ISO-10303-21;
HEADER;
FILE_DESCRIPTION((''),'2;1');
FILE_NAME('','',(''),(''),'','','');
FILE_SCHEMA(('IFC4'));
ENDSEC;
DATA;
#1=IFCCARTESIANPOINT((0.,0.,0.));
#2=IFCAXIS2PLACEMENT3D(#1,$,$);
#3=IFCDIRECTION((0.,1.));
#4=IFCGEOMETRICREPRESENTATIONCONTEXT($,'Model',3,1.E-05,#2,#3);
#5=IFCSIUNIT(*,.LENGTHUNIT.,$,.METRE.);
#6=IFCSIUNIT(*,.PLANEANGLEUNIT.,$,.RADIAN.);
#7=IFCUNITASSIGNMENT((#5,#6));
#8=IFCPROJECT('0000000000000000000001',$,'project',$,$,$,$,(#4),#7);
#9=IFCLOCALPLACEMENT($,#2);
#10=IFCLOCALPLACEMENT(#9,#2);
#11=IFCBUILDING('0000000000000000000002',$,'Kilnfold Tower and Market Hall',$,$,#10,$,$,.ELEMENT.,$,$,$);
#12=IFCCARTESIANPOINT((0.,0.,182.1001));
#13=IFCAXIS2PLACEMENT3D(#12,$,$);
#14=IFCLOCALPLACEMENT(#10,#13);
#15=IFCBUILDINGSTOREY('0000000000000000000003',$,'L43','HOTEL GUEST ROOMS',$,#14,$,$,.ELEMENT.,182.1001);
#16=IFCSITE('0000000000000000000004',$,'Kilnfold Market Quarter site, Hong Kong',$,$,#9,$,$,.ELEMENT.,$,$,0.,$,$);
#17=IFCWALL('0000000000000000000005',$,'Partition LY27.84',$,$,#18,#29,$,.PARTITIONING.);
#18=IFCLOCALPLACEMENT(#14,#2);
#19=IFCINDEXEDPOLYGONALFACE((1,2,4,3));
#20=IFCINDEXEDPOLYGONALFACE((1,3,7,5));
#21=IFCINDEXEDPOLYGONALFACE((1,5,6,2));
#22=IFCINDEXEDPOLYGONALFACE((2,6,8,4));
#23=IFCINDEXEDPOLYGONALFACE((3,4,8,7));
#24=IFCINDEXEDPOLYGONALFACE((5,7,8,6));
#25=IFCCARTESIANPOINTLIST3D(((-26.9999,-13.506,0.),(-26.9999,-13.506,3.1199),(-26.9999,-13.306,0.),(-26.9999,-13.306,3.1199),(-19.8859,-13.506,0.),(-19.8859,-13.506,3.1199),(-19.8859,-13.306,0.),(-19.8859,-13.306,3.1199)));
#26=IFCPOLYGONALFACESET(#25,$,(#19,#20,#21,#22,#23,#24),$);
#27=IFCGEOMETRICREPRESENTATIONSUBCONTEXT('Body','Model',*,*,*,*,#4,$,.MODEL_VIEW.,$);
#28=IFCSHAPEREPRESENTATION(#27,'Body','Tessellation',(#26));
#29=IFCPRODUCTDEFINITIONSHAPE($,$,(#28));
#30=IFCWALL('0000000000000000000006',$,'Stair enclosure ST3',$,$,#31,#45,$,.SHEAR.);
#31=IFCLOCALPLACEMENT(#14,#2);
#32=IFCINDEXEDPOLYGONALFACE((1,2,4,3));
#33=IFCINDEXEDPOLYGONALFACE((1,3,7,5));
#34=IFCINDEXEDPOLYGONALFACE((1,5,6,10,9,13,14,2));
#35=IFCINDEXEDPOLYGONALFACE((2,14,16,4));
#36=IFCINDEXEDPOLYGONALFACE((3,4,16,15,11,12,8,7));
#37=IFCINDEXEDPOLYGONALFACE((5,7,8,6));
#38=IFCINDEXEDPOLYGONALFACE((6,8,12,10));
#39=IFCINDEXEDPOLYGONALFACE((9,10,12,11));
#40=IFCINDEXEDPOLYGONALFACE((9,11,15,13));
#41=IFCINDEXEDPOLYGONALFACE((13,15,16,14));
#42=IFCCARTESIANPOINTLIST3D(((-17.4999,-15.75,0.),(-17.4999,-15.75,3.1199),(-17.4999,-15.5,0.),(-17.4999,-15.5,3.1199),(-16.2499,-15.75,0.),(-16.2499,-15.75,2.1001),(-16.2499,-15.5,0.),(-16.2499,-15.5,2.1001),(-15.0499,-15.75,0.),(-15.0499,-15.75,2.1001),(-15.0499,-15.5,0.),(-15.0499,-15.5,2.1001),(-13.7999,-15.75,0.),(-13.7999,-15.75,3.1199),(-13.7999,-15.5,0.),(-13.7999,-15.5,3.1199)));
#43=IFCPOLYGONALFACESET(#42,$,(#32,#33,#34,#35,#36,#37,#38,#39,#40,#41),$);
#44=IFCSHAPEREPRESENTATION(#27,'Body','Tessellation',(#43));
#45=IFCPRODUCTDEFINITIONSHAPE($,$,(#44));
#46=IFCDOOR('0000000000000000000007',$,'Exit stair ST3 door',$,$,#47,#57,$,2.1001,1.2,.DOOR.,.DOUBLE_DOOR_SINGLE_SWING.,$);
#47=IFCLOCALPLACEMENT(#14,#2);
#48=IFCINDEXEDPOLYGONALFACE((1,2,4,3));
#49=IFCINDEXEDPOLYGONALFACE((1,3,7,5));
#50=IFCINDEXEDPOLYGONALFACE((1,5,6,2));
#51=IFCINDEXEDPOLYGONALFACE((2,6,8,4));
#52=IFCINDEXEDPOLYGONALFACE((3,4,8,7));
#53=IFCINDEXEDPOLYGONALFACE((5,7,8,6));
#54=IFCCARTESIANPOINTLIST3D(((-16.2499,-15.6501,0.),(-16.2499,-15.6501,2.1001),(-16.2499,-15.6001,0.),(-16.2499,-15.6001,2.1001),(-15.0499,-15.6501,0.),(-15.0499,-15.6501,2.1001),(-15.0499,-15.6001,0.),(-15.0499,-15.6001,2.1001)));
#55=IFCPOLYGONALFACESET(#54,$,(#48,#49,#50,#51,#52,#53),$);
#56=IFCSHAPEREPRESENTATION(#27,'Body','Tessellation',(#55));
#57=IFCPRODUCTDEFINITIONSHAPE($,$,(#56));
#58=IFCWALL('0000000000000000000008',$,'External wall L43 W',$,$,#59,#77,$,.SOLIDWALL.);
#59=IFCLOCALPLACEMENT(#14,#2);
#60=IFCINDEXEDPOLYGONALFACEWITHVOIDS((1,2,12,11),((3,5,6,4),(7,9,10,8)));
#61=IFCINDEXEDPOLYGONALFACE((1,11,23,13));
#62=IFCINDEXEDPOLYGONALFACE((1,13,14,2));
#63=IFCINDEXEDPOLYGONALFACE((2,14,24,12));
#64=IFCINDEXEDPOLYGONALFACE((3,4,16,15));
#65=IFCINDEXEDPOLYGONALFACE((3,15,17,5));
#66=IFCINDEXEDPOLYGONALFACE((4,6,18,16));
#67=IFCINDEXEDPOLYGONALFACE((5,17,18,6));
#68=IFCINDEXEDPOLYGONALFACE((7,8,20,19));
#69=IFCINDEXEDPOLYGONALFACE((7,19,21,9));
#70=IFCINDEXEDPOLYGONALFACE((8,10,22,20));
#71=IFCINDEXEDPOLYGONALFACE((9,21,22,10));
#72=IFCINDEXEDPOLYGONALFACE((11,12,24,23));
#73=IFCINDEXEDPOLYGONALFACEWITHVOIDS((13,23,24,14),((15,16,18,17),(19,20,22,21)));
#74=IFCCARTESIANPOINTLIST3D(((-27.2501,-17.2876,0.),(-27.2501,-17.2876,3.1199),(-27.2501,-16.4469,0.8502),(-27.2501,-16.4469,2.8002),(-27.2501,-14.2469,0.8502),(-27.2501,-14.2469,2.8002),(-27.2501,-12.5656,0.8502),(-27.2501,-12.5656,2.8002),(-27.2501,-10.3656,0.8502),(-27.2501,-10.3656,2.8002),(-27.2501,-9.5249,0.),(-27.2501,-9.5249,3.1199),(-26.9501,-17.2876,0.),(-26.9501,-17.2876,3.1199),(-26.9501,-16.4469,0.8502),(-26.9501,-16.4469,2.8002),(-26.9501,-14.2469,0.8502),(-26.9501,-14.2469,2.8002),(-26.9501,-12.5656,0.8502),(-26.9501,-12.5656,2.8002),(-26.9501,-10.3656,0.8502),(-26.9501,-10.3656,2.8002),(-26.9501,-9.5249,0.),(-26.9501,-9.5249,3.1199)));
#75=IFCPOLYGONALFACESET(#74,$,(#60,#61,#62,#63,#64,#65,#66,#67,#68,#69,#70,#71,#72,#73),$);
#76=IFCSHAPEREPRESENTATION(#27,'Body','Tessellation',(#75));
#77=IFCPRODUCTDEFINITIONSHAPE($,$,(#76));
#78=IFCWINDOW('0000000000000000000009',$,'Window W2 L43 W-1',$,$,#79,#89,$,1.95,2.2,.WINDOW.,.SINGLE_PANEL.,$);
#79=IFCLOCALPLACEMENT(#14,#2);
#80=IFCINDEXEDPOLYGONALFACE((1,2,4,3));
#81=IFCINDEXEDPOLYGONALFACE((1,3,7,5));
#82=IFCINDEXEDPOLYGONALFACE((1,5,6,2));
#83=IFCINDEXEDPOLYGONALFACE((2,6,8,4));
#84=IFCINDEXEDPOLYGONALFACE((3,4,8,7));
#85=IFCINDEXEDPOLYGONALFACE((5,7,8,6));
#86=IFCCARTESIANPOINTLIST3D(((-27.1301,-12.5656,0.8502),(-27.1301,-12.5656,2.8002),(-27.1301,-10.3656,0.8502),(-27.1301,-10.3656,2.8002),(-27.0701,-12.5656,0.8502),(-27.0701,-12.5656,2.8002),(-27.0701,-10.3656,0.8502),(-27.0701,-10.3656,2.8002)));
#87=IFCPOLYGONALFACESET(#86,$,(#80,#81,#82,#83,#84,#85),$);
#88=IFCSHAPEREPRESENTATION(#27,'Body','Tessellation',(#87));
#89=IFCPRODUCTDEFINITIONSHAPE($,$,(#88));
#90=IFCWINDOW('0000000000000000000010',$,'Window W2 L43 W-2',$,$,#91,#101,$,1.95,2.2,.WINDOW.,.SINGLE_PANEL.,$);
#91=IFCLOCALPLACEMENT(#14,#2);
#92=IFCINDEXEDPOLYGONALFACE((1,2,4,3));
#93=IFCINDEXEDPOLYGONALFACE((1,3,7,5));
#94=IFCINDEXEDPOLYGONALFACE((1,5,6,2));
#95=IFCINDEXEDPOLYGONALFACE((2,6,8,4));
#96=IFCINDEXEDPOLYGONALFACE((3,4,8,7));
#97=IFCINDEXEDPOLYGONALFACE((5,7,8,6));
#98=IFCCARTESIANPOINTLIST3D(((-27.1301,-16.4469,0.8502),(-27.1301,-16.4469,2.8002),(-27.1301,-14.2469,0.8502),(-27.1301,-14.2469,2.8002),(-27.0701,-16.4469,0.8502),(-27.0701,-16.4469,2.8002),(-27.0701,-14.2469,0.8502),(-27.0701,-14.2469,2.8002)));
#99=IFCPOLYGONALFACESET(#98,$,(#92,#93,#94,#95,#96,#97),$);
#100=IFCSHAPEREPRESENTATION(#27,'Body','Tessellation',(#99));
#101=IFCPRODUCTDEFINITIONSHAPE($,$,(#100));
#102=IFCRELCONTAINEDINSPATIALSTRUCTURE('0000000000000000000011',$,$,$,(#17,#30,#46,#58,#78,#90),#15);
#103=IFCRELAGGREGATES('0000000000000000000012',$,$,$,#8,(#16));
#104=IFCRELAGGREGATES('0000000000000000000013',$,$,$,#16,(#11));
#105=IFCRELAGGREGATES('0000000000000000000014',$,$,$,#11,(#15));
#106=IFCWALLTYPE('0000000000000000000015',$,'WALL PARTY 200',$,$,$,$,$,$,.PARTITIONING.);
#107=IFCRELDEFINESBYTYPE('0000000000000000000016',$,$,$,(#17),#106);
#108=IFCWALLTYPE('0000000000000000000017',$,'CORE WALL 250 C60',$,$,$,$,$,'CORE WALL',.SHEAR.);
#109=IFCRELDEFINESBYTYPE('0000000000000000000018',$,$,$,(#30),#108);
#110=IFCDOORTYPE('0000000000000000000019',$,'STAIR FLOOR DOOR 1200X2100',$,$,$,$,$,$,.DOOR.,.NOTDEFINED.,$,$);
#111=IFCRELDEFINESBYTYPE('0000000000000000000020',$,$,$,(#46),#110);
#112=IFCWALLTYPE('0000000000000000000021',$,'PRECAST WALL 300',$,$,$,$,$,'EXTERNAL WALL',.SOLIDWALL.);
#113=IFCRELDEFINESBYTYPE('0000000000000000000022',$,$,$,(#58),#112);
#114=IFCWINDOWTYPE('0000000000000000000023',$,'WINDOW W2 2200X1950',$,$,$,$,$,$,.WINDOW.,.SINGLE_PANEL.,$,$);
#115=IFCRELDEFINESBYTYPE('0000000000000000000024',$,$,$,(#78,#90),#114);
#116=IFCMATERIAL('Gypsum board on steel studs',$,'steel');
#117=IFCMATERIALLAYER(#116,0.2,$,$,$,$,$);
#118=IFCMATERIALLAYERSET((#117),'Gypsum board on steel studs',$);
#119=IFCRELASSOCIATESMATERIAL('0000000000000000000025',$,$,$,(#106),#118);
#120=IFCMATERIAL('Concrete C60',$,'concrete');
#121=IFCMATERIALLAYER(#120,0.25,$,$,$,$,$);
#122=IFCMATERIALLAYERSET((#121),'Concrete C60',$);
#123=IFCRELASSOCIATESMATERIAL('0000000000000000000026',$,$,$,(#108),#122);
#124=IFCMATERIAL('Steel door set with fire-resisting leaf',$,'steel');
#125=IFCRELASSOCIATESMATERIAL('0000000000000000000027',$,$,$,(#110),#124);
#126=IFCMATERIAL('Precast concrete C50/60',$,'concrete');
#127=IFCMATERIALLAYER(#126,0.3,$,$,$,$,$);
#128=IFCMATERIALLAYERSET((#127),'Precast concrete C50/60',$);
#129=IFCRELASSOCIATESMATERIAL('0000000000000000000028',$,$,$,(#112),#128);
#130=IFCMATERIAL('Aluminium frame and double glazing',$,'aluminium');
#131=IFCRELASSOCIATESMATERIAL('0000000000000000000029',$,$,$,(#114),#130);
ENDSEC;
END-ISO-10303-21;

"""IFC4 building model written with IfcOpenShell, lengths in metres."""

from ifc_helpers import new_model, si_unit, direction, frame, frame_2d, origin, place, context, subcontext, project, spatial, rectangle, extrude, source, transform, mapped, material, layer, layer_set, type_object, element, fill, save


model = new_model("IFC4")

# Units and contexts
model_context = context("Model", 3, precision=1e-05, world=origin(), true_north=direction((0.0, 1.0)))
body_context = subcontext(model_context, "Body", "Model", "MODEL_VIEW")
ifc_project = project(units=[si_unit("LENGTHUNIT", "METRE"), si_unit("PLANEANGLEUNIT", "RADIAN")], contexts=[model_context])

# Site, building, storey
site_placement = place(None, origin())
site = spatial("IfcSite", under=ifc_project, at=site_placement, Name="Kilnfold Market Quarter site, Hong Kong", CompositionType="ELEMENT", RefElevation=0.0)
building_placement = place(site_placement, origin())
building = spatial("IfcBuilding", under=site, at=building_placement, Name="Kilnfold Tower and Market Hall", CompositionType="ELEMENT")
storey_placement = place(building_placement, frame((0.0, 0.0, 182.1001)))
storey = spatial("IfcBuildingStorey", under=building, at=storey_placement, Name="L43", Description="HOTEL GUEST ROOMS", CompositionType="ELEMENT", Elevation=182.1001)

# Wall
ifc_material_1 = material(Name="Gypsum board on steel studs", Category="steel")
ifc_layer_1 = layer(ifc_material_1, 0.2)
ifc_layer_set_1 = layer_set([ifc_layer_1], Name="Gypsum board on steel studs")
wall_type_1 = type_object("IfcWallType", Name="WALL PARTY 200", PredefinedType="PARTITIONING", material=ifc_layer_set_1)
wall_1_placement = place(storey_placement, frame((-27.0, -13.406, 0.0), z_axis=(0.0, 0.0, 1.0), x_axis=(1.0, 0.0, 0.0)))
element("IfcWall", 1, at=wall_1_placement, inside=storey, type_object=wall_type_1, Name="Partition LY27.84", PredefinedType="PARTITIONING", context=body_context, shape_type="SweptSolid", body=[
    extrude(rectangle(XDim=7.114, YDim=0.2, at=frame_2d((3.5571, 0.0))), origin(), (0.0, 0.0, 1.0), 3.1199),
])

# Wall, opening, door
ifc_material_2 = material(Name="Concrete C60", Category="concrete")
ifc_layer_2 = layer(ifc_material_2, 0.25)
ifc_layer_set_2 = layer_set([ifc_layer_2], Name="Concrete C60")
wall_type_2 = type_object("IfcWallType", Name="CORE WALL 250 C60", ElementType="CORE WALL", PredefinedType="SHEAR", material=ifc_layer_set_2)
shared_shape_1 = source(origin(), body_context, "Body", "SweptSolid", [
    extrude(rectangle(XDim=3.7, YDim=0.25, at=frame_2d((1.8501, 0.0))), origin(), (0.0, 0.0, 1.0), 3.1199),
])
wall_2_placement = place(storey_placement, frame((-17.5, -15.625, 0.0), z_axis=(0.0, 0.0, 1.0), x_axis=(1.0, 0.0, 0.0)))
wall_2 = element("IfcWall", 2, at=wall_2_placement, inside=storey, type_object=wall_type_2, Name="Stair enclosure ST3", PredefinedType="SHEAR", context=body_context, shape_type="MappedRepresentation", body=[
    mapped(shared_shape_1, transform((0.0, 0.0, 0.0))),
])
opening_1_placement = place(wall_2_placement, frame((1.25, 0.0, 0.0)))
opening_1 = element("IfcOpeningElement", 3, at=opening_1_placement, cuts=wall_2, PredefinedType="OPENING", context=body_context, shape_type="SweptSolid", body=[
    extrude(rectangle(XDim=1.2, YDim=2.1001, at=frame_2d((0.6001, 1.05))), frame((0.0, 0.135, 0.0), z_axis=(0.0, -1.0, 0.0), x_axis=(1.0, 0.0, 0.0)), (0.0, 0.0, 1.0), 0.27),
])
ifc_material_3 = material(Name="Steel door set with fire-resisting leaf", Category="steel")
door_type_1 = type_object("IfcDoorType", Name="STAIR FLOOR DOOR 1200X2100", OperationType="NOTDEFINED", PredefinedType="DOOR", material=ifc_material_3)
door_1_placement = place(opening_1_placement, origin())
door_1 = element("IfcDoor", 4, at=door_1_placement, inside=storey, type_object=door_type_1, Name="Exit stair ST3 door", OperationType="DOUBLE_DOOR_SINGLE_SWING", OverallHeight=2.1001, OverallWidth=1.2, PredefinedType="DOOR", context=body_context, shape_type="SweptSolid", body=[
    extrude(rectangle(XDim=1.2, YDim=2.1001, at=frame_2d((0.6001, 1.05))), frame((0.0, 0.0249, 0.0), z_axis=(0.0, -1.0, 0.0), x_axis=(1.0, 0.0, 0.0)), (0.0, 0.0, 1.0), 0.05),
])
fill(opening_1, door_1)

# Wall, openings, windows
ifc_material_4 = material(Name="Precast concrete C50/60", Category="concrete")
ifc_layer_3 = layer(ifc_material_4, 0.3)
ifc_layer_set_3 = layer_set([ifc_layer_3], Name="Precast concrete C50/60")
wall_type_3 = type_object("IfcWallType", Name="PRECAST WALL 300", ElementType="EXTERNAL WALL", PredefinedType="SOLIDWALL", material=ifc_layer_set_3)
shared_shape_2 = source(origin(), body_context, "Body", "SweptSolid", [
    extrude(rectangle(XDim=7.7627, YDim=0.3, at=frame_2d((3.8813, 0.0))), origin(), (0.0, 0.0, 1.0), 3.1199),
])
wall_3_placement = place(storey_placement, frame((-27.1001, -9.5249, 0.0), z_axis=(0.0, 0.0, 1.0), x_axis=(0.0, -1.0, 0.0)))
wall_3 = element("IfcWall", 5, at=wall_3_placement, inside=storey, type_object=wall_type_3, Name="External wall L43 W", PredefinedType="SOLIDWALL", context=body_context, shape_type="MappedRepresentation", body=[
    mapped(shared_shape_2, transform((0.0, 0.0, 0.0))),
])
opening_2_placement = place(wall_3_placement, frame((0.8406, 0.0, 0.8501)))
opening_2 = element("IfcOpeningElement", 6, at=opening_2_placement, cuts=wall_3, PredefinedType="OPENING", context=body_context, shape_type="SweptSolid", body=[
    extrude(rectangle(XDim=2.2, YDim=1.95, at=frame_2d((1.1001, 0.9751))), frame((0.0, 0.1602, 0.0), z_axis=(0.0, -1.0, 0.0), x_axis=(1.0, 0.0, 0.0)), (0.0, 0.0, 1.0), 0.3201),
])
opening_3_placement = place(wall_3_placement, frame((4.7219, 0.0, 0.8501)))
opening_3 = element("IfcOpeningElement", 7, at=opening_3_placement, cuts=wall_3, PredefinedType="OPENING", context=body_context, shape_type="SweptSolid", body=[
    extrude(rectangle(XDim=2.2, YDim=1.95, at=frame_2d((1.1001, 0.9751))), frame((0.0, 0.1602, 0.0), z_axis=(0.0, -1.0, 0.0), x_axis=(1.0, 0.0, 0.0)), (0.0, 0.0, 1.0), 0.3201),
])
ifc_material_5 = material(Name="Aluminium frame and double glazing", Category="aluminium")
window_type = type_object("IfcWindowType", Name="WINDOW W2 2200X1950", PartitioningType="SINGLE_PANEL", PredefinedType="WINDOW", material=ifc_material_5)
window_1_placement = place(opening_2_placement, origin())
window_1 = element("IfcWindow", 8, at=window_1_placement, inside=storey, type_object=window_type, Name="Window W2 L43 W-1", OverallHeight=1.95, OverallWidth=2.2, PartitioningType="SINGLE_PANEL", PredefinedType="WINDOW", context=body_context, shape_type="SweptSolid", body=[
    extrude(rectangle(XDim=2.2, YDim=1.95, at=frame_2d((1.1001, 0.9751))), frame((0.0, 0.03, 0.0), z_axis=(0.0, -1.0, 0.0), x_axis=(1.0, 0.0, 0.0)), (0.0, 0.0, 1.0), 0.0601),
])
fill(opening_2, window_1)
window_2_placement = place(opening_3_placement, origin())
window_2 = element("IfcWindow", 9, at=window_2_placement, inside=storey, type_object=window_type, Name="Window W2 L43 W-2", OverallHeight=1.95, OverallWidth=2.2, PartitioningType="SINGLE_PANEL", PredefinedType="WINDOW", context=body_context, shape_type="SweptSolid", body=[
    extrude(rectangle(XDim=2.2, YDim=1.95, at=frame_2d((1.1001, 0.9751))), frame((0.0, 0.03, 0.0), z_axis=(0.0, -1.0, 0.0), x_axis=(1.0, 0.0, 0.0)), (0.0, 0.0, 1.0), 0.0601),
])
fill(opening_3, window_2)

save(model, "model.ifc")
